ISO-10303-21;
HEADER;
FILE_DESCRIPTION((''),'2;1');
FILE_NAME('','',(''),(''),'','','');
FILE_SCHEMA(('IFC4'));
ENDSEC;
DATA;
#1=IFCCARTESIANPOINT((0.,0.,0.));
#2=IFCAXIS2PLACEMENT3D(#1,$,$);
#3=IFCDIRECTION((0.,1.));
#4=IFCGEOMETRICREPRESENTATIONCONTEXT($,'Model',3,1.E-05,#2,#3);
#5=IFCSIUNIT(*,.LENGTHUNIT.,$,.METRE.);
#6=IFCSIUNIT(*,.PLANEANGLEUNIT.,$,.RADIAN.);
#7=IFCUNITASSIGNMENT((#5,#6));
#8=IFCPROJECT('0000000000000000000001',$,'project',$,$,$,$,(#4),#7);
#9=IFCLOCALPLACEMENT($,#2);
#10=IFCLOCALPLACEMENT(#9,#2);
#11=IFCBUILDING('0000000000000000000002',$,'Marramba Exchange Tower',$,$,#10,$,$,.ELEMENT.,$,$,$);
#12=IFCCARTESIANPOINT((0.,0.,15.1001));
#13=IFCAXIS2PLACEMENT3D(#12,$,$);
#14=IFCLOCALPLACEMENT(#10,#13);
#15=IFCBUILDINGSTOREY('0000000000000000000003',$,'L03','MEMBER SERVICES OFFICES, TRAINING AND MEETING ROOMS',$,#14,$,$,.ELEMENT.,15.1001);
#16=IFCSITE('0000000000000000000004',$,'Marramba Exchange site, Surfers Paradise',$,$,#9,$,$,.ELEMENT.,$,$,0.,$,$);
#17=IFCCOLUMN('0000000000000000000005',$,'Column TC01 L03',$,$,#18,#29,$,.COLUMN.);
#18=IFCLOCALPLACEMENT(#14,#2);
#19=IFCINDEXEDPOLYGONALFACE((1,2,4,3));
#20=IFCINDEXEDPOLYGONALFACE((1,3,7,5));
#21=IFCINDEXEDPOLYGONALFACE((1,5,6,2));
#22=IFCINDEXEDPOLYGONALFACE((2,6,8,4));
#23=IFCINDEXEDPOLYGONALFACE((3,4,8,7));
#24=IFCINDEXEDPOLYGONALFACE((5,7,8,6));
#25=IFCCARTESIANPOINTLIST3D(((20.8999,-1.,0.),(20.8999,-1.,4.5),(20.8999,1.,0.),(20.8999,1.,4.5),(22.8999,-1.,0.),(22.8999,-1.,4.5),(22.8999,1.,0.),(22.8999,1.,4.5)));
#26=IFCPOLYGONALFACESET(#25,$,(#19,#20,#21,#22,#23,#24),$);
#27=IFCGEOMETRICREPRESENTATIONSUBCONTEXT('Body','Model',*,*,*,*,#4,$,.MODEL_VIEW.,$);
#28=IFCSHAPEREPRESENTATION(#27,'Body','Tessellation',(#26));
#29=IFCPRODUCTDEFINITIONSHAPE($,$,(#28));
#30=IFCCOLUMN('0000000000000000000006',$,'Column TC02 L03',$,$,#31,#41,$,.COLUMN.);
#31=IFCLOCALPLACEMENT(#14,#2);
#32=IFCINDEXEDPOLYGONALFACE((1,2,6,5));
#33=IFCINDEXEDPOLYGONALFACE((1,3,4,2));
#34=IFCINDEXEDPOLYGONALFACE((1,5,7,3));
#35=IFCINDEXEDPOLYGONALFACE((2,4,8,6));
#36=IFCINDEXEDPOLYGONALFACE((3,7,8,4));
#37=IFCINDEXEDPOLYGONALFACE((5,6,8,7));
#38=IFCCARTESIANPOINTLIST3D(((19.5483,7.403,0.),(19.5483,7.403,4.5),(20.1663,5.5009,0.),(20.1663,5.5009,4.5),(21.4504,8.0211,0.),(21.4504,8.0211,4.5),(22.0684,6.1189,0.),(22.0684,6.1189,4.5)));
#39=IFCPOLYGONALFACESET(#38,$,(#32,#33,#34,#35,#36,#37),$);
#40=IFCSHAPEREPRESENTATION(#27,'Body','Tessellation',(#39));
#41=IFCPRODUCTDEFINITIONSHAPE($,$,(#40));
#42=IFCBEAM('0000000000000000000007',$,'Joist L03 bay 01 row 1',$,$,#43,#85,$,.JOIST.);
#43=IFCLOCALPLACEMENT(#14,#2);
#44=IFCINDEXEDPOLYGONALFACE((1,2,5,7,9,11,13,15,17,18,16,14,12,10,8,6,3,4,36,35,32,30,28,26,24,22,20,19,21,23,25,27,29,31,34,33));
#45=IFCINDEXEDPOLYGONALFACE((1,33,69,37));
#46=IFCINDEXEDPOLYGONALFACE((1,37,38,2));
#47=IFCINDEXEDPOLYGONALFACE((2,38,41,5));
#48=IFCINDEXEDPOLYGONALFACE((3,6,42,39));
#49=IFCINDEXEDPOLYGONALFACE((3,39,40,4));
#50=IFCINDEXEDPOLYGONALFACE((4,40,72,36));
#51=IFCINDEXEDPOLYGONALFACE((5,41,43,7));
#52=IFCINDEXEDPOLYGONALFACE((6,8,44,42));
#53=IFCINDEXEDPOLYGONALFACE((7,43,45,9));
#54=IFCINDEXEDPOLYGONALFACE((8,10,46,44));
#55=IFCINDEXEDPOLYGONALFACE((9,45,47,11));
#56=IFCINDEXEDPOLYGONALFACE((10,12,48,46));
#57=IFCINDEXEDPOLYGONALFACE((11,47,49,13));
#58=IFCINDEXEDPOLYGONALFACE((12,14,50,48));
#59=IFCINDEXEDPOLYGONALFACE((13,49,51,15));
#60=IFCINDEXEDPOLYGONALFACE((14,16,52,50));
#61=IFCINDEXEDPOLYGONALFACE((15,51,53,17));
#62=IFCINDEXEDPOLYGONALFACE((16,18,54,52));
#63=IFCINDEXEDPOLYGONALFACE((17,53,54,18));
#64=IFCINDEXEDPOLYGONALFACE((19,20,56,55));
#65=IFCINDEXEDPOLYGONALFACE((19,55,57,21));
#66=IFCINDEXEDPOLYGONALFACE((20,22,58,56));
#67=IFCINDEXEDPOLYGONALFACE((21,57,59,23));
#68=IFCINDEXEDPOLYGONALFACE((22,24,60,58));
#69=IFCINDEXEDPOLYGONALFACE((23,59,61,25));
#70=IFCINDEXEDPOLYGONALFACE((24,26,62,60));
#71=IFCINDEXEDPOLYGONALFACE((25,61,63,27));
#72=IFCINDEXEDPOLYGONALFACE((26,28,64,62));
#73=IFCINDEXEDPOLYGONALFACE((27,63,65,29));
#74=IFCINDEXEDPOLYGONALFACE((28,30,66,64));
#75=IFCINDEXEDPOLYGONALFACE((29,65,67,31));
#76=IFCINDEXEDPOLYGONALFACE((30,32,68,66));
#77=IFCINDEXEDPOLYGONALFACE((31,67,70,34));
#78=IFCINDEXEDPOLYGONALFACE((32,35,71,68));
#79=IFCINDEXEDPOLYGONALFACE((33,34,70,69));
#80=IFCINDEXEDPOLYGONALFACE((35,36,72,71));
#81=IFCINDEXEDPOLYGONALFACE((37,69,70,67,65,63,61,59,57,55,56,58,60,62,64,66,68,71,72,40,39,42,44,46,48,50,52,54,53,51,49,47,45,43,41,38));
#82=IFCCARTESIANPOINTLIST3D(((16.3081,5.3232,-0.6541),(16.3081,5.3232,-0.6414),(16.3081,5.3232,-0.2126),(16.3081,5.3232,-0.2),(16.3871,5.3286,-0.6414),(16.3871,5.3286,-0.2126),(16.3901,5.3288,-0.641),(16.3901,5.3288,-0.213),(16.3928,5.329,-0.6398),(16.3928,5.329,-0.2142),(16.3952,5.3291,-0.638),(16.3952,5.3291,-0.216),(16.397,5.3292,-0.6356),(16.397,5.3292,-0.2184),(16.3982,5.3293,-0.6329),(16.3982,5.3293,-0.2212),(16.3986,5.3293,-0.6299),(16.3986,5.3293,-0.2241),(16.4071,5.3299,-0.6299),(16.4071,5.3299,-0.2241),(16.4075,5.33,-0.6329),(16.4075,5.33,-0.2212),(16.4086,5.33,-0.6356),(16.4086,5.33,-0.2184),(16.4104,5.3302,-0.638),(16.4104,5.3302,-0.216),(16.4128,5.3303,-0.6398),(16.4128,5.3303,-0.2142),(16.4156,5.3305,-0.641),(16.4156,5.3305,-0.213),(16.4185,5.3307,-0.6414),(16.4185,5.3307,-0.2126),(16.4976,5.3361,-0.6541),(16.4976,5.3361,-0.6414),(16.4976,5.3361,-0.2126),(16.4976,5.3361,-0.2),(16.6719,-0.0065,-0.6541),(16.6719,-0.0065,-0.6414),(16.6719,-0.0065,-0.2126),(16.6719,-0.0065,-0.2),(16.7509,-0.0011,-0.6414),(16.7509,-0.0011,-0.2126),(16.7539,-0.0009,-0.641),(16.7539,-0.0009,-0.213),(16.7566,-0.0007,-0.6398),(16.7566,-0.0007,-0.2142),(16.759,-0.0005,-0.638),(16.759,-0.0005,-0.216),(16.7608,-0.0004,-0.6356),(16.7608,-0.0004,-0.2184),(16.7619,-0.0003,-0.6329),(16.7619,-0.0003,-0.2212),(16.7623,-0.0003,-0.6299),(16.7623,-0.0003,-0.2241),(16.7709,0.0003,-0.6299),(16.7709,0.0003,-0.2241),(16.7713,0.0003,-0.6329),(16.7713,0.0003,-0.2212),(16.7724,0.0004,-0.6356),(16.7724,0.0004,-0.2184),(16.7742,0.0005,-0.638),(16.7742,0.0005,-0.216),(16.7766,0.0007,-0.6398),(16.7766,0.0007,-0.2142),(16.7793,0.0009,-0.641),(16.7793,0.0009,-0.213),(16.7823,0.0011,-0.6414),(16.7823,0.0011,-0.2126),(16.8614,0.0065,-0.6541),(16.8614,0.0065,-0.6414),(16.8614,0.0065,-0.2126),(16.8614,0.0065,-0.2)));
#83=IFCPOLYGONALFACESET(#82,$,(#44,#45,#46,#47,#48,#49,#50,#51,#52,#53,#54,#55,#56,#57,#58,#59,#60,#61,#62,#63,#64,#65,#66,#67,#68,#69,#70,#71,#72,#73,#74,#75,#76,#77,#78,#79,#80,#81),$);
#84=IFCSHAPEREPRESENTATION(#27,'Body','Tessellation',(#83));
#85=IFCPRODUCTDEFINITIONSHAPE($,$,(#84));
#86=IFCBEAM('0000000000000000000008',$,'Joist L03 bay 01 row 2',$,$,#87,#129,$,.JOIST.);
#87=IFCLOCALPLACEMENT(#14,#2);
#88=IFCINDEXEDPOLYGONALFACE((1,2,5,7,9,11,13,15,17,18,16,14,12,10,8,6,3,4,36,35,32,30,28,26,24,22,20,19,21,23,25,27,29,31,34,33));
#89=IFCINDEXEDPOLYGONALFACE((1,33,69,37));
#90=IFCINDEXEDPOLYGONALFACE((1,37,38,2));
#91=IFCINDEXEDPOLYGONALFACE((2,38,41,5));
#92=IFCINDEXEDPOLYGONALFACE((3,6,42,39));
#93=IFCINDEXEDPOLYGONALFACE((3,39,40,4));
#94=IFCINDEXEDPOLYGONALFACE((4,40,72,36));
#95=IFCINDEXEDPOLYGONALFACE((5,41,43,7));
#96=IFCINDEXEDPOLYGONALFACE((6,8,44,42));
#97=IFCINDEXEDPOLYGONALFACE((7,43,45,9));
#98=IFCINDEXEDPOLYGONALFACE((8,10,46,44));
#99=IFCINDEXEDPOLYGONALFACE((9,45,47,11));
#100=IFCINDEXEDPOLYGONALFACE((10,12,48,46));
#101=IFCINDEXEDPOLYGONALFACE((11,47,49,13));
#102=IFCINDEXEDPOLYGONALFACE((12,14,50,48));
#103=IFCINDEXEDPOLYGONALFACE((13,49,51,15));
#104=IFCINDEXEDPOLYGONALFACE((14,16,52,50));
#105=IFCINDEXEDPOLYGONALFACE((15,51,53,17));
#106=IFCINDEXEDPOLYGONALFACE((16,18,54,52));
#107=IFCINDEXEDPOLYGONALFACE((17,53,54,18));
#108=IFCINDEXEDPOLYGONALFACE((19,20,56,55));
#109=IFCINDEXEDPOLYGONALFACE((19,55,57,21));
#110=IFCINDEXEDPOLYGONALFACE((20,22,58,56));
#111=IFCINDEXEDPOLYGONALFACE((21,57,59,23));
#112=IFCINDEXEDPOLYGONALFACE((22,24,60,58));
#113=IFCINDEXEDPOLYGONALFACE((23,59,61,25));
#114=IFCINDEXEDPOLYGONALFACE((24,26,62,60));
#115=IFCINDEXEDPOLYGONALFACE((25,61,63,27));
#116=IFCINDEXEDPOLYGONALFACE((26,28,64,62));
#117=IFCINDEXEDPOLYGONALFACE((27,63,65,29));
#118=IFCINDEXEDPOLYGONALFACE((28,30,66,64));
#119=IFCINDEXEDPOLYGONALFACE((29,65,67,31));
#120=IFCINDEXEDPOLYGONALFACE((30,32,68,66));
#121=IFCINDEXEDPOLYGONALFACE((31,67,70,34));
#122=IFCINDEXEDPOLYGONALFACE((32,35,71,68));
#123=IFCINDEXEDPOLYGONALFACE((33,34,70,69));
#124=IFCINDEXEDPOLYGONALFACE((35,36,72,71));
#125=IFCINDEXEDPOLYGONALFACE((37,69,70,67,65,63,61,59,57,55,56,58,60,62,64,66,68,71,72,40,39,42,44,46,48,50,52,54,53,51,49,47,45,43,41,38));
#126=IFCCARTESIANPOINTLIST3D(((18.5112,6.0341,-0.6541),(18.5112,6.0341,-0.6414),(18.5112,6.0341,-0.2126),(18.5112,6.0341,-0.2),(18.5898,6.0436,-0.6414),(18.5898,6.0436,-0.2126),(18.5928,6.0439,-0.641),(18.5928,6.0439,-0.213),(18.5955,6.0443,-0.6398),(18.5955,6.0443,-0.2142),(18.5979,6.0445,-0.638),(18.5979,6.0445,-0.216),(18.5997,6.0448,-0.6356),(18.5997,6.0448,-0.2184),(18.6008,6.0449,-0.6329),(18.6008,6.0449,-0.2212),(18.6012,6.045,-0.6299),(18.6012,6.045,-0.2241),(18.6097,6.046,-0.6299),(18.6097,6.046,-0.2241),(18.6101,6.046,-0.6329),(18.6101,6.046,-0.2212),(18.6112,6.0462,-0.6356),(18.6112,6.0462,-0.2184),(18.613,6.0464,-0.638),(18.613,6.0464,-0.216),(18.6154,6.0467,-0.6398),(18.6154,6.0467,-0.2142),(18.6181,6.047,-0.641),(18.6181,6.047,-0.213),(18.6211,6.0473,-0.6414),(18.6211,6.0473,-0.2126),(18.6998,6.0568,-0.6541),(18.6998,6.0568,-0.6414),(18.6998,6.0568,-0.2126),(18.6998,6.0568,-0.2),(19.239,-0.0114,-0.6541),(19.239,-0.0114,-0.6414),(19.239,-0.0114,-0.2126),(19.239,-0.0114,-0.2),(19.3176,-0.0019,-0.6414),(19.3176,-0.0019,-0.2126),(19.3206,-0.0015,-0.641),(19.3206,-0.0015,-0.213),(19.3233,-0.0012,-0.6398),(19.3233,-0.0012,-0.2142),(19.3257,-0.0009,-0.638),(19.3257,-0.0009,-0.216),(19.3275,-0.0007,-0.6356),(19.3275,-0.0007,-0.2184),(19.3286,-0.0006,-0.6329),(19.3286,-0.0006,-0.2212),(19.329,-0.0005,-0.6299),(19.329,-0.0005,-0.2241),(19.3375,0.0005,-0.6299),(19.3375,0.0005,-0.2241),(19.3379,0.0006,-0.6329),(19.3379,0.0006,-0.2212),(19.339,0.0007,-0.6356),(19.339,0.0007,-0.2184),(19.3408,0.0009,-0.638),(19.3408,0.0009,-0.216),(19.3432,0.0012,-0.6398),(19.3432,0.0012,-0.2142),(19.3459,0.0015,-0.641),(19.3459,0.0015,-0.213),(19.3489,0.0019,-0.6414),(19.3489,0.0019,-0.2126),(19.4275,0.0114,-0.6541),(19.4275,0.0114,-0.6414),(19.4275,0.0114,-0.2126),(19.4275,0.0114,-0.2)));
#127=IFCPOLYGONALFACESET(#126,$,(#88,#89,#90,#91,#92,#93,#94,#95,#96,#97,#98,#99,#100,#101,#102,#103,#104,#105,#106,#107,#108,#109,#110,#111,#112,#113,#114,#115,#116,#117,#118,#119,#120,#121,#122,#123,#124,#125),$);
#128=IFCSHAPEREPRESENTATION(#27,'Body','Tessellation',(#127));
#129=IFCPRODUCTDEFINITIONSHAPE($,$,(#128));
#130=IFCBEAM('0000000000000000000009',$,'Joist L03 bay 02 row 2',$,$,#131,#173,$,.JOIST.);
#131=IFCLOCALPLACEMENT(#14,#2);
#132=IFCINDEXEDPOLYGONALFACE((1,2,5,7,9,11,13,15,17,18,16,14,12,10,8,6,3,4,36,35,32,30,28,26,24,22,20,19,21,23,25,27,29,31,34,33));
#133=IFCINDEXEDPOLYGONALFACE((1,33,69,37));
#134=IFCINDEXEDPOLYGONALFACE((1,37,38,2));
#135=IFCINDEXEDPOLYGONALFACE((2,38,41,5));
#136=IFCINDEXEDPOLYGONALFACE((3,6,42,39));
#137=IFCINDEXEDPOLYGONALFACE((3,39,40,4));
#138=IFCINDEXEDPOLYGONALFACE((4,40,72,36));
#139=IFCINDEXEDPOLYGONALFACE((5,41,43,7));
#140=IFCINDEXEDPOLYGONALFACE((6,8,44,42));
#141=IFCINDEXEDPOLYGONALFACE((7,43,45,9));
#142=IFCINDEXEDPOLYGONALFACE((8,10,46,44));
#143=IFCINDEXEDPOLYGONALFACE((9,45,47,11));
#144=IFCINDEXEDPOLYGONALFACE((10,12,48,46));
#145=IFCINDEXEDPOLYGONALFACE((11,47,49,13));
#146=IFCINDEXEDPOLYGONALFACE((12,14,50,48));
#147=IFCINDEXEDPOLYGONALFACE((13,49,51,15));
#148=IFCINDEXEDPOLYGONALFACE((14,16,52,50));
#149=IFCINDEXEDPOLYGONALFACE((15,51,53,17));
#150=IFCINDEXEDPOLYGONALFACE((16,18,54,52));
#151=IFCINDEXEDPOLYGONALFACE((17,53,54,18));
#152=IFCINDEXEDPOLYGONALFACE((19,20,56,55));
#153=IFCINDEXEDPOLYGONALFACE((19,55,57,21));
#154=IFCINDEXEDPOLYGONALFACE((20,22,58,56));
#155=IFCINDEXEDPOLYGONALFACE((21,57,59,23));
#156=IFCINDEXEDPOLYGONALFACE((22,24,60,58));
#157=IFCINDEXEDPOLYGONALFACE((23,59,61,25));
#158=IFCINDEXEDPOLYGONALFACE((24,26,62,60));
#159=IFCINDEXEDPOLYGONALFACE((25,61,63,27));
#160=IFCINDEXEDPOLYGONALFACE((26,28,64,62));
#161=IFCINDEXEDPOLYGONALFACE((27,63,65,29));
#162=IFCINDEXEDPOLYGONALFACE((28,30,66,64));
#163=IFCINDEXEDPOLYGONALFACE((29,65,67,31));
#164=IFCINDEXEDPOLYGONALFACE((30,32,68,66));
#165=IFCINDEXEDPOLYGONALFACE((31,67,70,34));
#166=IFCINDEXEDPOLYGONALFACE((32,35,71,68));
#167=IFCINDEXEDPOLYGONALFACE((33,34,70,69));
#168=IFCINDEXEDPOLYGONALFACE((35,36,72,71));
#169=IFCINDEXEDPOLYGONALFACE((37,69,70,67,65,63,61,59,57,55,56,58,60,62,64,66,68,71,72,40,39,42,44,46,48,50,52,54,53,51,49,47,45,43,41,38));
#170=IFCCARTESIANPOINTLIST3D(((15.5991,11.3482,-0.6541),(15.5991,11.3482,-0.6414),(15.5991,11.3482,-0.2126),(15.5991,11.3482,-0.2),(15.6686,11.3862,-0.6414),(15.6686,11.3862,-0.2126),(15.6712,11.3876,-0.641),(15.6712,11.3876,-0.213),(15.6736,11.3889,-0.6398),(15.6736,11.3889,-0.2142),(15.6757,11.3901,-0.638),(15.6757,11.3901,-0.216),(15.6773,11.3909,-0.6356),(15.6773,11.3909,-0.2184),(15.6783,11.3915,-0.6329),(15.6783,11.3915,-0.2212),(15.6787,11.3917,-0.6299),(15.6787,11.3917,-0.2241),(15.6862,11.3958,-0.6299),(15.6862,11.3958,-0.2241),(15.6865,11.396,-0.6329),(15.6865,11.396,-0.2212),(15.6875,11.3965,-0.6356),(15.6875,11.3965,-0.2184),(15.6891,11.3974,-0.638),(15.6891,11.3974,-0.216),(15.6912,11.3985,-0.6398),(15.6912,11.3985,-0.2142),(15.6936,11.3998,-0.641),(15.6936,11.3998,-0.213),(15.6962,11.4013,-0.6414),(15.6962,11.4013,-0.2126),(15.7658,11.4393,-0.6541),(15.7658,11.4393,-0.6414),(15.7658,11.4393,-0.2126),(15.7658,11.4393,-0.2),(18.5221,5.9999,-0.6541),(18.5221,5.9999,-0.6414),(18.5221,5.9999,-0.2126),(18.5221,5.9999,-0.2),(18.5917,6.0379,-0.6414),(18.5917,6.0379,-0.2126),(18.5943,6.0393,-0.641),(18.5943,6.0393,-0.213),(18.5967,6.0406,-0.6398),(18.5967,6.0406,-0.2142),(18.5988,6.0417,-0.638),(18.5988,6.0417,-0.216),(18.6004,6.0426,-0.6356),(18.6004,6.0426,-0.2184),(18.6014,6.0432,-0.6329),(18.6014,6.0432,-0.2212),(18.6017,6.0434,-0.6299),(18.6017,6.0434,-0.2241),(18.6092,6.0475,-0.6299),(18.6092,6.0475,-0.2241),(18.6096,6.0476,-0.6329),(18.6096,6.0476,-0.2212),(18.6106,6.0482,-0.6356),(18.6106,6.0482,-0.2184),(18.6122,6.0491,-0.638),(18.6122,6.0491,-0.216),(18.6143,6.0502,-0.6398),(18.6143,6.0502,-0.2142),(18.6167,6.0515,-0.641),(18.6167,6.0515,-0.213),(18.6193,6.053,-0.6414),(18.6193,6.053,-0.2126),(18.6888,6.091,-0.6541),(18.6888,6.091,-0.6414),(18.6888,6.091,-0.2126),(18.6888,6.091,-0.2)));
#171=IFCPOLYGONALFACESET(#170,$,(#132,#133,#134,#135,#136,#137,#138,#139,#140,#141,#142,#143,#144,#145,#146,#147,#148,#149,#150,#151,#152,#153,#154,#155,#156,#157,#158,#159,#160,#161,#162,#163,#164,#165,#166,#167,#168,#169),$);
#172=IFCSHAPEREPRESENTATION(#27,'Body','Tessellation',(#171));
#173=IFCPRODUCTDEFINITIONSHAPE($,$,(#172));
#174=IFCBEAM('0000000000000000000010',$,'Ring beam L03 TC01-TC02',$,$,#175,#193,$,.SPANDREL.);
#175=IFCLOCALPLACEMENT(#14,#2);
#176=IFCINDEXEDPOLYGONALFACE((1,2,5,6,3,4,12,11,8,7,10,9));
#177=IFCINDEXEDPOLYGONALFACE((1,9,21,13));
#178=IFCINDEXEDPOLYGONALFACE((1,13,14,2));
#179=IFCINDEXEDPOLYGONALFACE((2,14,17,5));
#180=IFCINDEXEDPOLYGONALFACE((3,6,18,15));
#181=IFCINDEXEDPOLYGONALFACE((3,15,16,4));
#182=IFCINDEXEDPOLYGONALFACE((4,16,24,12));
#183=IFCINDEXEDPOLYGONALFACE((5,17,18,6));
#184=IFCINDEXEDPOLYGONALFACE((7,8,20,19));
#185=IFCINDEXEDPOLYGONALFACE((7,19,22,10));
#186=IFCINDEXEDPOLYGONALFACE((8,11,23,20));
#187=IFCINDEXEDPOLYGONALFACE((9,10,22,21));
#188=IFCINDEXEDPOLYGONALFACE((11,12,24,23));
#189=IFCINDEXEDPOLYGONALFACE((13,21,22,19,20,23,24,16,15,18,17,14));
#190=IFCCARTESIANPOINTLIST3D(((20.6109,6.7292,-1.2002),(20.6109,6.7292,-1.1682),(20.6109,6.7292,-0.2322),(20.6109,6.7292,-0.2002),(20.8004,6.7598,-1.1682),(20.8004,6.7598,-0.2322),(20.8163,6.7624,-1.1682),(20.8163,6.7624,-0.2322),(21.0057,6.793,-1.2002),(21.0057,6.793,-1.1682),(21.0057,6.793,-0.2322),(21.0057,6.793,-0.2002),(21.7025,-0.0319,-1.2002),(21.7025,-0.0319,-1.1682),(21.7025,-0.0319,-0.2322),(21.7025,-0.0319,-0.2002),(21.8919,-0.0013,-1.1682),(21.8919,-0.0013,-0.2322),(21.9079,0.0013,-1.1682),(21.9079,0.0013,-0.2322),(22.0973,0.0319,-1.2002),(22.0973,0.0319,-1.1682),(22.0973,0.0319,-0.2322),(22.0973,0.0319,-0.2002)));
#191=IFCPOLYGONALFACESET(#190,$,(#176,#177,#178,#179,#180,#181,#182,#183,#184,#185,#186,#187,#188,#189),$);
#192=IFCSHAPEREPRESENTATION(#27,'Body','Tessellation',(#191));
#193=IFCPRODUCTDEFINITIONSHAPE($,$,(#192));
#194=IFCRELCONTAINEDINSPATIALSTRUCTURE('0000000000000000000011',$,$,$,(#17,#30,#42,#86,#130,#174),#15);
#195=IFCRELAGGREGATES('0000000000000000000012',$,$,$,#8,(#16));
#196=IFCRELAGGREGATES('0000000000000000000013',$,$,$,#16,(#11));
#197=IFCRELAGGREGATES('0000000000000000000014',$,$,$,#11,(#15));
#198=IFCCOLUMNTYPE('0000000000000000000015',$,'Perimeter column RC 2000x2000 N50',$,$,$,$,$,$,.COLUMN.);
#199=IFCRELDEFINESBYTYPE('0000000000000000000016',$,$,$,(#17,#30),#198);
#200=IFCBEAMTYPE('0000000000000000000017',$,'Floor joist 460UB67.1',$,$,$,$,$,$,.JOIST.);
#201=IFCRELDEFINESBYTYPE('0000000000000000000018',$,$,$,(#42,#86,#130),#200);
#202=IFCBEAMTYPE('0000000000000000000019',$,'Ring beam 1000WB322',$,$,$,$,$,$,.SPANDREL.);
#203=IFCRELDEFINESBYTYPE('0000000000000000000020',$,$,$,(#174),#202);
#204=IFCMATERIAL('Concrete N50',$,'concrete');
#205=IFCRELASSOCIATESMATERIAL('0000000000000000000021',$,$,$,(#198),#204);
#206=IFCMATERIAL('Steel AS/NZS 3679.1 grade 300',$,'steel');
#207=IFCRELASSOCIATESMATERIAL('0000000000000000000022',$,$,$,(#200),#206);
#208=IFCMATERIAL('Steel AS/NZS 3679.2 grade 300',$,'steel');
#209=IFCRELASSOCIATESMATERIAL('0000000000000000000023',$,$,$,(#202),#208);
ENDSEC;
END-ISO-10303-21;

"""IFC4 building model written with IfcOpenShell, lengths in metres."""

from ifc_helpers import new_model, si_unit, direction, frame, origin, origin_2d, place, context, subcontext, project, spatial, rectangle, i_section, extrude, material, material_profile, profile_set, type_object, element, save


model = new_model("IFC4")

# Units and contexts
model_context = context("Model", 3, precision=1e-05, world=origin(), true_north=direction((0.0, 1.0)))
body_context = subcontext(model_context, "Body", "Model", "MODEL_VIEW")
ifc_project = project(units=[si_unit("LENGTHUNIT", "METRE"), si_unit("PLANEANGLEUNIT", "RADIAN")], contexts=[model_context])

# Site, building, storey
site_placement = place(None, origin())
site = spatial("IfcSite", under=ifc_project, at=site_placement, Name="Marramba Exchange site, Surfers Paradise", CompositionType="ELEMENT", RefElevation=0.0)
building_placement = place(site_placement, origin())
building = spatial("IfcBuilding", under=site, at=building_placement, Name="Marramba Exchange Tower", CompositionType="ELEMENT")
storey_placement = place(building_placement, frame((0.0, 0.0, 15.1001)))
storey = spatial("IfcBuildingStorey", under=building, at=storey_placement, Name="L03", Description="MEMBER SERVICES OFFICES, TRAINING AND MEETING ROOMS", CompositionType="ELEMENT", Elevation=15.1001)

# Columns
ifc_material_1 = material(Name="Concrete N50", Category="concrete")
ifc_material_profile_1 = material_profile(ifc_material_1, rectangle(XDim=2.0, YDim=2.0, at=origin_2d()), Name="RC 2000x2000")
ifc_profile_set_1 = profile_set([ifc_material_profile_1], Name="Concrete N50")
column_type = type_object("IfcColumnType", Name="Perimeter column RC 2000x2000 N50", PredefinedType="COLUMN", material=ifc_profile_set_1)
for number, where, z_axis, x_axis, name in (
    (1, (21.8999, 0.0, 0.0), (0.0, 0.0, 1.0), (1.0, 0.0, 0.0), "Column TC01 L03"),
    (2, (20.8083, 6.761, 0.0), (0.0, 0.0, 1.0), (0.951057, 0.309017, 0.0), "Column TC02 L03"),
):
    element("IfcColumn", number, at=place(storey_placement, frame(where, z_axis=z_axis, x_axis=x_axis)), inside=storey, type_object=column_type, Name=name, PredefinedType="COLUMN", context=body_context, shape_type="SweptSolid", body=[
        extrude(rectangle(XDim=2.0, YDim=2.0, at=origin_2d()), origin(), (0.0, 0.0, 1.0), 4.5),
    ])

# Beams
ifc_material_2 = material(Name="Steel AS/NZS 3679.1 grade 300", Category="steel")
ifc_material_profile_2 = material_profile(ifc_material_2, i_section(OverallWidth=0.1899, OverallDepth=0.4541, WebThickness=0.0085, FlangeThickness=0.0127, FilletRadius=0.0115, at=origin_2d()), Name="460UB67.1")
ifc_profile_set_2 = profile_set([ifc_material_profile_2], Name="Steel AS/NZS 3679.1 grade 300")
beam_type_1 = type_object("IfcBeamType", Name="Floor joist 460UB67.1", PredefinedType="JOIST", material=ifc_profile_set_2)
beam_1_placement = place(storey_placement, frame((16.7666, 0.0, -0.427), z_axis=(-0.068096, 0.997679, 0.0), x_axis=(-0.997679, -0.068096, 0.0)))
element("IfcBeam", 3, at=beam_1_placement, inside=storey, type_object=beam_type_1, Name="Joist L03 bay 01 row 1", PredefinedType="JOIST", context=body_context, shape_type="SweptSolid", body=[
    extrude(i_section(OverallWidth=0.1899, OverallDepth=0.4541, WebThickness=0.0085, FlangeThickness=0.0127, FilletRadius=0.0115, at=origin_2d()), origin(), (0.0, 0.0, 1.0), 5.342),
])
beam_2_placement = place(storey_placement, frame((19.3333, 0.0, -0.427), z_axis=(-0.119523, 0.992831, 0.0), x_axis=(-0.992831, -0.119523, 0.0)))
element("IfcBeam", 4, at=beam_2_placement, inside=storey, type_object=beam_type_1, Name="Joist L03 bay 01 row 2", PredefinedType="JOIST", context=body_context, shape_type="SweptSolid", body=[
    extrude(i_section(OverallWidth=0.1899, OverallDepth=0.4541, WebThickness=0.0085, FlangeThickness=0.0127, FilletRadius=0.0115, at=origin_2d()), origin(), (0.0, 0.0, 1.0), 6.0891),
])
beam_3_placement = place(storey_placement, frame((18.6055, 6.0454, -0.427), z_axis=(-0.479584, 0.877496, 0.0), x_axis=(-0.877496, -0.479584, 0.0)))
element("IfcBeam", 5, at=beam_3_placement, inside=storey, type_object=beam_type_1, Name="Joist L03 bay 02 row 2", PredefinedType="JOIST", context=body_context, shape_type="SweptSolid", body=[
    extrude(i_section(OverallWidth=0.1899, OverallDepth=0.4541, WebThickness=0.0085, FlangeThickness=0.0127, FilletRadius=0.0115, at=origin_2d()), origin(), (0.0, 0.0, 1.0), 6.095),
])
ifc_material_3 = material(Name="Steel AS/NZS 3679.2 grade 300", Category="steel")
ifc_material_profile_3 = material_profile(ifc_material_3, i_section(OverallWidth=0.3999, OverallDepth=1.0, WebThickness=0.0161, FlangeThickness=0.032, at=origin_2d()), Name="1000WB322")
ifc_profile_set_3 = profile_set([ifc_material_profile_3], Name="Steel AS/NZS 3679.2 grade 300")
beam_type_2 = type_object("IfcBeamType", Name="Ring beam 1000WB322", PredefinedType="SPANDREL", material=ifc_profile_set_3)
beam_4_placement = place(storey_placement, frame((21.8999, 0.0, -0.7002), z_axis=(-0.159385, 0.987217, 0.0), x_axis=(-0.987217, -0.159385, 0.0)))
element("IfcBeam", 6, at=beam_4_placement, inside=storey, type_object=beam_type_2, Name="Ring beam L03 TC01-TC02", PredefinedType="SPANDREL", context=body_context, shape_type="SweptSolid", body=[
    extrude(i_section(OverallWidth=0.3999, OverallDepth=1.0, WebThickness=0.0161, FlangeThickness=0.032, at=origin_2d()), origin(), (0.0, 0.0, 1.0), 6.8486),
])

save(model, "model.ifc")
